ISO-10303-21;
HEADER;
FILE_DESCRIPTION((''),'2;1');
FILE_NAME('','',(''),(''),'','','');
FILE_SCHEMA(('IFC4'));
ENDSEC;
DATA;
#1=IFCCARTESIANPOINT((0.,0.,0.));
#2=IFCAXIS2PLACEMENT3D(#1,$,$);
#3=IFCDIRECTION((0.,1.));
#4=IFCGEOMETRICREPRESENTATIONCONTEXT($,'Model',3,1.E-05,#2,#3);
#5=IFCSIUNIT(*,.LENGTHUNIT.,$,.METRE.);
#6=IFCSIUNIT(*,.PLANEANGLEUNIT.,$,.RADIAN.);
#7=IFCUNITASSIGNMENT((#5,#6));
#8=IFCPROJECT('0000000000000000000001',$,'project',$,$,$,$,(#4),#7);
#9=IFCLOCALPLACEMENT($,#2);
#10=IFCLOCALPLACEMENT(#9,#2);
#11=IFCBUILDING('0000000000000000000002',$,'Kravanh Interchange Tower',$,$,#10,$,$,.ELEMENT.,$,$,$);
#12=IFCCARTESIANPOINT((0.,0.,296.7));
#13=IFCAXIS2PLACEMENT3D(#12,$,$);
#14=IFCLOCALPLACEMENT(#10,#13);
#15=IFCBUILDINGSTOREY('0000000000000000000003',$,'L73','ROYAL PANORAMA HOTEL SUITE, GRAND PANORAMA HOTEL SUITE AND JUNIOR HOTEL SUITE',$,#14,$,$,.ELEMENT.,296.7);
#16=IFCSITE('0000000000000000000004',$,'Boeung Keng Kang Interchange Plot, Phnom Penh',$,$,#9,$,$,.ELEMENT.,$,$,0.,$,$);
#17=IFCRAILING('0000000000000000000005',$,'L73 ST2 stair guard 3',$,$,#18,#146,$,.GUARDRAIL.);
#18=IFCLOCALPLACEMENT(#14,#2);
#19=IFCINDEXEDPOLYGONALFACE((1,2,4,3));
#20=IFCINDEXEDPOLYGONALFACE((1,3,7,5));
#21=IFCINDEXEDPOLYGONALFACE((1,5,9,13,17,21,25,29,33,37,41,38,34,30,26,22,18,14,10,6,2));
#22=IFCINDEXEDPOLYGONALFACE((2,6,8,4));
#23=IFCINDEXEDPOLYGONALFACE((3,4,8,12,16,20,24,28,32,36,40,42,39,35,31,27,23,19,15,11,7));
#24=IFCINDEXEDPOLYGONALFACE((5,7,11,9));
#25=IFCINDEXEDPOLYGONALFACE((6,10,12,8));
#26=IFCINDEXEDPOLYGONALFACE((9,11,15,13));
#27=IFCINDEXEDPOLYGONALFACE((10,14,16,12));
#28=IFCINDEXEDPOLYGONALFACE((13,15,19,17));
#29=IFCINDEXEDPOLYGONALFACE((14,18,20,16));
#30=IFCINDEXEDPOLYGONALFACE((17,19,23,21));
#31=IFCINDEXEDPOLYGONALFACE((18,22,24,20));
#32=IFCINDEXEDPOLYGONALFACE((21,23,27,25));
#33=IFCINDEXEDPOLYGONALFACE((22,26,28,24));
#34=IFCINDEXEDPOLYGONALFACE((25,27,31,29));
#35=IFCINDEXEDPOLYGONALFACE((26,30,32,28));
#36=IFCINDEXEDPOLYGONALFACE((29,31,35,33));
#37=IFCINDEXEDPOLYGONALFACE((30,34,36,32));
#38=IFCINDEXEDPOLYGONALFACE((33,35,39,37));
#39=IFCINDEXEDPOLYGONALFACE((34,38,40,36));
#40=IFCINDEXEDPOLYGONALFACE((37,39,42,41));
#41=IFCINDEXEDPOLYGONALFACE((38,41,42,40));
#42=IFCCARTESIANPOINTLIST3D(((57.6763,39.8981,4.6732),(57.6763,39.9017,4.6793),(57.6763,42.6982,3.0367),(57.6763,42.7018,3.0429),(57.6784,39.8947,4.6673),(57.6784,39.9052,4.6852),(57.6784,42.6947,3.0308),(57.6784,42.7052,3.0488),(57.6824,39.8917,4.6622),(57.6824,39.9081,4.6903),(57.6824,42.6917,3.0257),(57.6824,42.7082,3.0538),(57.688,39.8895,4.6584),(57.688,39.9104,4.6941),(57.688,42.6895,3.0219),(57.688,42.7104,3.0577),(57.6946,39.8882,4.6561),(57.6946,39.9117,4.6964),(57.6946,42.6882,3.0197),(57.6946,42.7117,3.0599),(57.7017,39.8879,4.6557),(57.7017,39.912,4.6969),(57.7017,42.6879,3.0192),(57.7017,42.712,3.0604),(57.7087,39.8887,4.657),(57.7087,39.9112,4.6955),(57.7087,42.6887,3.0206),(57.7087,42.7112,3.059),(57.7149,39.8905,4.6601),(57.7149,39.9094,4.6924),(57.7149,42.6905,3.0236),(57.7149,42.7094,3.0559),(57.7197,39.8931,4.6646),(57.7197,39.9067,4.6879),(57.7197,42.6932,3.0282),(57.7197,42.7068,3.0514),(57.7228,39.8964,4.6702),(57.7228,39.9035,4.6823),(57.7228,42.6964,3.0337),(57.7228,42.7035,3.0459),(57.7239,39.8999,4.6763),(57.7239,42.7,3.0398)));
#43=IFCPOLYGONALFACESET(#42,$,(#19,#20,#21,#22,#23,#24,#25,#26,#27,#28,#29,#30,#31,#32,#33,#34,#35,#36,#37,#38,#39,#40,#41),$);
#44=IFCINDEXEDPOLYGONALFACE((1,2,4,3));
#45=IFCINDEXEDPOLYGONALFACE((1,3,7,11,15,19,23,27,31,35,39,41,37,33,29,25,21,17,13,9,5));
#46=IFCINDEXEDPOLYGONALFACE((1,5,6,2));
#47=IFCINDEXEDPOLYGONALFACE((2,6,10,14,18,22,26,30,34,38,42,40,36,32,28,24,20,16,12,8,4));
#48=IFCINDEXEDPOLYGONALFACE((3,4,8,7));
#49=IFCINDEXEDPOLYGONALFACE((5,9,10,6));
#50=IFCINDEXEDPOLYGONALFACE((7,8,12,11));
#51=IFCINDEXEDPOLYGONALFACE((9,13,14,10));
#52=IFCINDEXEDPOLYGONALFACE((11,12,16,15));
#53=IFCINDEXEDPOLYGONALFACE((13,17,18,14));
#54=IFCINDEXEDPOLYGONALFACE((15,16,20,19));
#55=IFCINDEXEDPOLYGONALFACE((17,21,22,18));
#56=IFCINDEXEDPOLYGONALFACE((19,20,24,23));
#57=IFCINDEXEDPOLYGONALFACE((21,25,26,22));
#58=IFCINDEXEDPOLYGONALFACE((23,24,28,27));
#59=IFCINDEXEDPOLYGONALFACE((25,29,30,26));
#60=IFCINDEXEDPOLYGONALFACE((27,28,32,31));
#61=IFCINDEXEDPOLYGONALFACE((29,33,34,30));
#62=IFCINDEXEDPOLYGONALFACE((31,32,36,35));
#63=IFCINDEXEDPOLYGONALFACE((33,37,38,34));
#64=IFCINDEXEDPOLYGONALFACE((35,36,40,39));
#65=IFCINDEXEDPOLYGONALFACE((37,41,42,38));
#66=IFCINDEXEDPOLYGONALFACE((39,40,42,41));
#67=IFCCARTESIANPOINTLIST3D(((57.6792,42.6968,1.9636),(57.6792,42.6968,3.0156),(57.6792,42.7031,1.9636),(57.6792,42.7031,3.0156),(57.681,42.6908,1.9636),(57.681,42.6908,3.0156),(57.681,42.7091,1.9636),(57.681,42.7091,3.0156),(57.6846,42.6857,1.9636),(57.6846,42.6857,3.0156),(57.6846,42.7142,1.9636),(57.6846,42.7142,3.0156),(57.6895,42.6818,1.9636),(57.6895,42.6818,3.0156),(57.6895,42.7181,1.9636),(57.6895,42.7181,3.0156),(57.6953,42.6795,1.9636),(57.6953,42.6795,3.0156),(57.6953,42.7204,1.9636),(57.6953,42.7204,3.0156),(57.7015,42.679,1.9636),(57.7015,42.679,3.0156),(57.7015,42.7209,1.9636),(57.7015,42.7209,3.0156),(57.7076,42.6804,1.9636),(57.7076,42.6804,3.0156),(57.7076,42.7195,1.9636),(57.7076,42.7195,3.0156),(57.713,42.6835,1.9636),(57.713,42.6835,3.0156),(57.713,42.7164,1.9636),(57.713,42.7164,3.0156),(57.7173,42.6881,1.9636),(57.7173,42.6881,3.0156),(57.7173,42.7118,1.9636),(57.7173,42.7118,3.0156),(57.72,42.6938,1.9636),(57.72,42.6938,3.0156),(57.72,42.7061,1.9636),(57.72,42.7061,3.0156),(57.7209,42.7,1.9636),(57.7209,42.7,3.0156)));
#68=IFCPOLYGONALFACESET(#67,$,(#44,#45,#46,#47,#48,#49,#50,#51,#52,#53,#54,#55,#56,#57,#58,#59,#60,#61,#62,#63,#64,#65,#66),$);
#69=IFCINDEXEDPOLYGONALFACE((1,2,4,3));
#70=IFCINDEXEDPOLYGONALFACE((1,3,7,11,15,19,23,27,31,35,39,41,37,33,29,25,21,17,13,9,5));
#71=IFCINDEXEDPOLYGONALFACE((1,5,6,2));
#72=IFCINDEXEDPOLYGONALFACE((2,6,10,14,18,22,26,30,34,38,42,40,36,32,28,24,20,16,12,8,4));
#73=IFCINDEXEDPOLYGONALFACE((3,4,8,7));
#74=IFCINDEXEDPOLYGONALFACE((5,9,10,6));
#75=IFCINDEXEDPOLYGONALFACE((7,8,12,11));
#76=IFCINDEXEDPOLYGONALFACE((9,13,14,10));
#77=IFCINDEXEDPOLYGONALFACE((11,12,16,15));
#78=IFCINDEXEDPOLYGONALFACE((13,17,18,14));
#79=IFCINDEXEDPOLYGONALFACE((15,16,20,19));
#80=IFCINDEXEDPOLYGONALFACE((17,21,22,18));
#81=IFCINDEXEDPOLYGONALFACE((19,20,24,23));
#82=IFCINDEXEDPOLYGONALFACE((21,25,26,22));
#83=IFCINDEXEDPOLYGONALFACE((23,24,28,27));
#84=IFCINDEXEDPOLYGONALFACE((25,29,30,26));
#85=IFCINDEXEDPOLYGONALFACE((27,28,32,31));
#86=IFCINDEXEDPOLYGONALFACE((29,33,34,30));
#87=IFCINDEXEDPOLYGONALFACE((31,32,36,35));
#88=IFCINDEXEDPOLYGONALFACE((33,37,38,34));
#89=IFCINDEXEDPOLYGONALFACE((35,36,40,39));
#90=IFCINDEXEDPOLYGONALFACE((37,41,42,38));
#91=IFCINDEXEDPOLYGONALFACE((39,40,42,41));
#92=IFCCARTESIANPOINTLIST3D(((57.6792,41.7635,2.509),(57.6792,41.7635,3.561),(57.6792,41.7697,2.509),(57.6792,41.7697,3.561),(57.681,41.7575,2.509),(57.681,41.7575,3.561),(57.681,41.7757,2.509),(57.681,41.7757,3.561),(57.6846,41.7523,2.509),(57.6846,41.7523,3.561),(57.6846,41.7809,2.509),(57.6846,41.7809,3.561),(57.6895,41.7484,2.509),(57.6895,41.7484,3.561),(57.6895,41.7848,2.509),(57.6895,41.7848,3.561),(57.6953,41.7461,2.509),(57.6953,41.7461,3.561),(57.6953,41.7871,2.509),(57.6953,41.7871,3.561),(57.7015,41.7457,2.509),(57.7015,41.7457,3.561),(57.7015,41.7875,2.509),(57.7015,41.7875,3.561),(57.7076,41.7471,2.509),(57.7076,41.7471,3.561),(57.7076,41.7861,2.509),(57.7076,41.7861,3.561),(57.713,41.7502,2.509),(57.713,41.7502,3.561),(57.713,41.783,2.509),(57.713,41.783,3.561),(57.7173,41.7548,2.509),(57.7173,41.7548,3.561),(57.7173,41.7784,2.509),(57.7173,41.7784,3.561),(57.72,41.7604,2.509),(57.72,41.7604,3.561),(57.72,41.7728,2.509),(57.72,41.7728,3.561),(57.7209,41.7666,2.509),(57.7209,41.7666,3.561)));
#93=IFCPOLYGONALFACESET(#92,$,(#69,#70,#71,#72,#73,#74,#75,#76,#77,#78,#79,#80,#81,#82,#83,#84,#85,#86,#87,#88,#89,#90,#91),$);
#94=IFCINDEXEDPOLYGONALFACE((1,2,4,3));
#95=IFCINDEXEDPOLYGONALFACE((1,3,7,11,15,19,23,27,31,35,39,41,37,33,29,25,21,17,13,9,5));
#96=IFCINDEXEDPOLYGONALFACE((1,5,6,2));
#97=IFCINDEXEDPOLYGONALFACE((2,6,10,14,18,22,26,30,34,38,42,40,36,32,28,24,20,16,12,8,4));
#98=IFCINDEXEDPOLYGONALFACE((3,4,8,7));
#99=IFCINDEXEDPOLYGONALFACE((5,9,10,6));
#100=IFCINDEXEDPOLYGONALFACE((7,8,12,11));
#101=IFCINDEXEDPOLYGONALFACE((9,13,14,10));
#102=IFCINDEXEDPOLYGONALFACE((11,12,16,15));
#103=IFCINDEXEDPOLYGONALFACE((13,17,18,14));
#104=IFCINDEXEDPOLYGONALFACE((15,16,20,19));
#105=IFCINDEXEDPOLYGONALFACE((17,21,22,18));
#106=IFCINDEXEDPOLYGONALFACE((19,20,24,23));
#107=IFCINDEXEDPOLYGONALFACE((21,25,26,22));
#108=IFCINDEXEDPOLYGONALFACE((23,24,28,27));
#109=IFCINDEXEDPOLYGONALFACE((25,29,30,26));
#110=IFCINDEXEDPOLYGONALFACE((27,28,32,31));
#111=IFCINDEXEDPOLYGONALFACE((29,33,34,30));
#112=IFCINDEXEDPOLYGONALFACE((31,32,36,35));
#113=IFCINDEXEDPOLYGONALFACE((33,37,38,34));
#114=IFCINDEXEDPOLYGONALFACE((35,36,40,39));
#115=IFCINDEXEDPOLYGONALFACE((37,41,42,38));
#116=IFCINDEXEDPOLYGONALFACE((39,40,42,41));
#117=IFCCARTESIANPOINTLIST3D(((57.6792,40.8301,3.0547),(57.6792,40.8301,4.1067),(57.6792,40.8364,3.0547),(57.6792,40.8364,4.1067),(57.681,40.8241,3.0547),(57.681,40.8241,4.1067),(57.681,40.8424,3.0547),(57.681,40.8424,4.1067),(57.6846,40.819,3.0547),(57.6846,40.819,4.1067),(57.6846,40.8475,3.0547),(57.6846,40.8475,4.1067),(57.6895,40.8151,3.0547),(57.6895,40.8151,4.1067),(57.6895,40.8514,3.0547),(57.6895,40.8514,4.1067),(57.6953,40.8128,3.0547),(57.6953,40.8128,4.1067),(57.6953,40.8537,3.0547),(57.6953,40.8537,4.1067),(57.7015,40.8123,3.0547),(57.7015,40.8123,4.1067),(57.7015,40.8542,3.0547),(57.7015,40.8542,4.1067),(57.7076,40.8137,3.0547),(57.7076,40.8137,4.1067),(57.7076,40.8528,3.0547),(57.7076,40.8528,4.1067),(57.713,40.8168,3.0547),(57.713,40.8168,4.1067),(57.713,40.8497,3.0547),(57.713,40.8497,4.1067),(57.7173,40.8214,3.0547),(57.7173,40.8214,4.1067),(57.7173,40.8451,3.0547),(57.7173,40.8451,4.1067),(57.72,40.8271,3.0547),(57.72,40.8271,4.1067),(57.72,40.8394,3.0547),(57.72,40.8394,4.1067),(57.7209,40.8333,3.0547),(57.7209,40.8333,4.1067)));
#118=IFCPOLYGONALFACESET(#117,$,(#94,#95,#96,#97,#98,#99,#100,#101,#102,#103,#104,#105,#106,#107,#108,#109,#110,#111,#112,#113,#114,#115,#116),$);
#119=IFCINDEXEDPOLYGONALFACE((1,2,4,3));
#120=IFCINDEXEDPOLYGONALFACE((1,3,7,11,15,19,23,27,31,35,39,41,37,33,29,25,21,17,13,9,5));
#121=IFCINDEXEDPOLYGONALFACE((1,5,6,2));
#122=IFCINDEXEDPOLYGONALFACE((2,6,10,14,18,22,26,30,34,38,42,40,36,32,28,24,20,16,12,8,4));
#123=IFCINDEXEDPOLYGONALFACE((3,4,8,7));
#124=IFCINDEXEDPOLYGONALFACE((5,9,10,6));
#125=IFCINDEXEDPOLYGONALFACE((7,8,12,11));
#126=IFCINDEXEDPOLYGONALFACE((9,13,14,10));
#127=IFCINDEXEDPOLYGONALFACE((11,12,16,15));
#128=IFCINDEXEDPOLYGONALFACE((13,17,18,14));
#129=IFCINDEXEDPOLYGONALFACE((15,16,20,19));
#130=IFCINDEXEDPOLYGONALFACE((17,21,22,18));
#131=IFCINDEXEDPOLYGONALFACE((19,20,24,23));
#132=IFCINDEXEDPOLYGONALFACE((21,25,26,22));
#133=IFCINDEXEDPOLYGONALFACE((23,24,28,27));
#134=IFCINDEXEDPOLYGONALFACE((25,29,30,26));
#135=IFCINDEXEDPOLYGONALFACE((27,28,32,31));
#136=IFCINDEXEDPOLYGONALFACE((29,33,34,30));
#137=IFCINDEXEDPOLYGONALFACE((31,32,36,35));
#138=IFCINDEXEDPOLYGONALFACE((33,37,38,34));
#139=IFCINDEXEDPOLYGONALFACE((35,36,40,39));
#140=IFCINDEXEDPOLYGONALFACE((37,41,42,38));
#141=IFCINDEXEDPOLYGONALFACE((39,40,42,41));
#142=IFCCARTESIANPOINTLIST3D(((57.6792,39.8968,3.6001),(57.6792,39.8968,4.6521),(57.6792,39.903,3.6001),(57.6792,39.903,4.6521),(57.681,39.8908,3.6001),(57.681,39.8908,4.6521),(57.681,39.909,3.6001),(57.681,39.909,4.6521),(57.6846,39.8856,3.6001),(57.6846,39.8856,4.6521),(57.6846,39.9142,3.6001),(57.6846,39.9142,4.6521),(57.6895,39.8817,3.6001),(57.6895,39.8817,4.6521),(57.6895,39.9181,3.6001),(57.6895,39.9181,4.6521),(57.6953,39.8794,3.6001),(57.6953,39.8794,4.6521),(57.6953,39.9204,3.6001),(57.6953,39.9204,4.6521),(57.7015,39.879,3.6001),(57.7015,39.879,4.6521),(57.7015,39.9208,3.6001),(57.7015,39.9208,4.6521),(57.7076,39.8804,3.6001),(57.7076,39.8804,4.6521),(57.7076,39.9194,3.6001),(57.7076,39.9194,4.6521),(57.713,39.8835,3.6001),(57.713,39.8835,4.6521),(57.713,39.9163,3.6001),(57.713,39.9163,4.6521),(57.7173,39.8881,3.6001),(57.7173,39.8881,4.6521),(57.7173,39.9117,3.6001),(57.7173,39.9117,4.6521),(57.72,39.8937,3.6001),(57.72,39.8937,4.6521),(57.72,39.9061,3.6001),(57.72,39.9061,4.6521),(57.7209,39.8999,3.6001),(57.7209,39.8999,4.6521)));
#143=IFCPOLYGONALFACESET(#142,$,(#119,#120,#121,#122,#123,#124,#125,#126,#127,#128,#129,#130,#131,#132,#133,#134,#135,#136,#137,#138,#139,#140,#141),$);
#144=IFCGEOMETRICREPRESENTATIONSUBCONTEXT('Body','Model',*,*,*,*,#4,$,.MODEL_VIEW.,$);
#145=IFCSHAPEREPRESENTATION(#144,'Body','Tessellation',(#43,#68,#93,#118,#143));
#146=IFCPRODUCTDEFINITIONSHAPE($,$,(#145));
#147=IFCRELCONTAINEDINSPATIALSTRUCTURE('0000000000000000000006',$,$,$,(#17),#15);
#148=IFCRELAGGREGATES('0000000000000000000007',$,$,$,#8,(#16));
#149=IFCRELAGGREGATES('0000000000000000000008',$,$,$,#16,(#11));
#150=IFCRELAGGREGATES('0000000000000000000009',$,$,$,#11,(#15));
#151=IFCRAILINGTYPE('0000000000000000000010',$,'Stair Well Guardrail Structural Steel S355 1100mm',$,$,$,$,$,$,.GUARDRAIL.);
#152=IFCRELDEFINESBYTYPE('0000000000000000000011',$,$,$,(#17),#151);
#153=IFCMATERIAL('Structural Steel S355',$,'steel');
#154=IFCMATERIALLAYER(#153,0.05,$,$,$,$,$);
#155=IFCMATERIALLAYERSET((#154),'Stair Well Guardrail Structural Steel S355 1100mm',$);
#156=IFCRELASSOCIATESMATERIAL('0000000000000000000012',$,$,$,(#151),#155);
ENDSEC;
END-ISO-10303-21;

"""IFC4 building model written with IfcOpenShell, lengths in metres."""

from ifc_helpers import new_model, si_unit, direction, frame, origin, origin_2d, place, context, subcontext, project, spatial, circle, extrude, material, layer, layer_set, type_object, element, save


model = new_model("IFC4")

# Units and contexts
model_context = context("Model", 3, precision=1e-05, world=origin(), true_north=direction((0.0, 1.0)))
body_context = subcontext(model_context, "Body", "Model", "MODEL_VIEW")
ifc_project = project(units=[si_unit("LENGTHUNIT", "METRE"), si_unit("PLANEANGLEUNIT", "RADIAN")], contexts=[model_context])

# Site, building, storey
site_placement = place(None, origin())
site = spatial("IfcSite", under=ifc_project, at=site_placement, Name="Boeung Keng Kang Interchange Plot, Phnom Penh", CompositionType="ELEMENT", RefElevation=0.0)
building_placement = place(site_placement, origin())
building = spatial("IfcBuilding", under=site, at=building_placement, Name="Kravanh Interchange Tower", CompositionType="ELEMENT")
storey_placement = place(building_placement, frame((0.0, 0.0, 296.7)))
storey = spatial("IfcBuildingStorey", under=building, at=storey_placement, Name="L73", Description="ROYAL PANORAMA HOTEL SUITE, GRAND PANORAMA HOTEL SUITE AND JUNIOR HOTEL SUITE", CompositionType="ELEMENT", Elevation=296.7)

# Railing
ifc_material_1 = material(Name="Structural Steel S355", Category="steel")
ifc_layer_1 = layer(ifc_material_1, 0.05)
ifc_layer_set_1 = layer_set([ifc_layer_1], Name="Stair Well Guardrail Structural Steel S355 1100mm")
railing_type_1 = type_object("IfcRailingType", Name="Stair Well Guardrail Structural Steel S355 1100mm", PredefinedType="GUARDRAIL", material=ifc_layer_set_1)
railing_1_placement = place(storey_placement, frame((57.7, 42.7, 1.9636)))
element("IfcRailing", 1, at=railing_1_placement, inside=storey, type_object=railing_type_1, Name="L73 ST2 stair guard 3", PredefinedType="GUARDRAIL", context=body_context, shape_type="SweptSolid", body=[
    extrude(circle(Radius=0.0239, at=origin_2d()), frame((0.0, 0.0, 1.0762), z_axis=(0.0, -0.863361, 0.504587), x_axis=(1.0, 0.0, 0.0)), (0.0, 0.0, 1.0), 3.2432),
    extrude(circle(Radius=0.021, at=origin_2d()), origin(), (0.0, 0.0, 1.0), 1.052),
    extrude(circle(Radius=0.021, at=origin_2d()), frame((0.0, -0.9333, 0.5454)), (0.0, 0.0, 1.0), 1.052),
    extrude(circle(Radius=0.021, at=origin_2d()), frame((0.0, -1.8667, 1.0911)), (0.0, 0.0, 1.0), 1.052),
    extrude(circle(Radius=0.021, at=origin_2d()), frame((0.0, -2.8, 1.6365)), (0.0, 0.0, 1.0), 1.052),
])

save(model, "model.ifc")
